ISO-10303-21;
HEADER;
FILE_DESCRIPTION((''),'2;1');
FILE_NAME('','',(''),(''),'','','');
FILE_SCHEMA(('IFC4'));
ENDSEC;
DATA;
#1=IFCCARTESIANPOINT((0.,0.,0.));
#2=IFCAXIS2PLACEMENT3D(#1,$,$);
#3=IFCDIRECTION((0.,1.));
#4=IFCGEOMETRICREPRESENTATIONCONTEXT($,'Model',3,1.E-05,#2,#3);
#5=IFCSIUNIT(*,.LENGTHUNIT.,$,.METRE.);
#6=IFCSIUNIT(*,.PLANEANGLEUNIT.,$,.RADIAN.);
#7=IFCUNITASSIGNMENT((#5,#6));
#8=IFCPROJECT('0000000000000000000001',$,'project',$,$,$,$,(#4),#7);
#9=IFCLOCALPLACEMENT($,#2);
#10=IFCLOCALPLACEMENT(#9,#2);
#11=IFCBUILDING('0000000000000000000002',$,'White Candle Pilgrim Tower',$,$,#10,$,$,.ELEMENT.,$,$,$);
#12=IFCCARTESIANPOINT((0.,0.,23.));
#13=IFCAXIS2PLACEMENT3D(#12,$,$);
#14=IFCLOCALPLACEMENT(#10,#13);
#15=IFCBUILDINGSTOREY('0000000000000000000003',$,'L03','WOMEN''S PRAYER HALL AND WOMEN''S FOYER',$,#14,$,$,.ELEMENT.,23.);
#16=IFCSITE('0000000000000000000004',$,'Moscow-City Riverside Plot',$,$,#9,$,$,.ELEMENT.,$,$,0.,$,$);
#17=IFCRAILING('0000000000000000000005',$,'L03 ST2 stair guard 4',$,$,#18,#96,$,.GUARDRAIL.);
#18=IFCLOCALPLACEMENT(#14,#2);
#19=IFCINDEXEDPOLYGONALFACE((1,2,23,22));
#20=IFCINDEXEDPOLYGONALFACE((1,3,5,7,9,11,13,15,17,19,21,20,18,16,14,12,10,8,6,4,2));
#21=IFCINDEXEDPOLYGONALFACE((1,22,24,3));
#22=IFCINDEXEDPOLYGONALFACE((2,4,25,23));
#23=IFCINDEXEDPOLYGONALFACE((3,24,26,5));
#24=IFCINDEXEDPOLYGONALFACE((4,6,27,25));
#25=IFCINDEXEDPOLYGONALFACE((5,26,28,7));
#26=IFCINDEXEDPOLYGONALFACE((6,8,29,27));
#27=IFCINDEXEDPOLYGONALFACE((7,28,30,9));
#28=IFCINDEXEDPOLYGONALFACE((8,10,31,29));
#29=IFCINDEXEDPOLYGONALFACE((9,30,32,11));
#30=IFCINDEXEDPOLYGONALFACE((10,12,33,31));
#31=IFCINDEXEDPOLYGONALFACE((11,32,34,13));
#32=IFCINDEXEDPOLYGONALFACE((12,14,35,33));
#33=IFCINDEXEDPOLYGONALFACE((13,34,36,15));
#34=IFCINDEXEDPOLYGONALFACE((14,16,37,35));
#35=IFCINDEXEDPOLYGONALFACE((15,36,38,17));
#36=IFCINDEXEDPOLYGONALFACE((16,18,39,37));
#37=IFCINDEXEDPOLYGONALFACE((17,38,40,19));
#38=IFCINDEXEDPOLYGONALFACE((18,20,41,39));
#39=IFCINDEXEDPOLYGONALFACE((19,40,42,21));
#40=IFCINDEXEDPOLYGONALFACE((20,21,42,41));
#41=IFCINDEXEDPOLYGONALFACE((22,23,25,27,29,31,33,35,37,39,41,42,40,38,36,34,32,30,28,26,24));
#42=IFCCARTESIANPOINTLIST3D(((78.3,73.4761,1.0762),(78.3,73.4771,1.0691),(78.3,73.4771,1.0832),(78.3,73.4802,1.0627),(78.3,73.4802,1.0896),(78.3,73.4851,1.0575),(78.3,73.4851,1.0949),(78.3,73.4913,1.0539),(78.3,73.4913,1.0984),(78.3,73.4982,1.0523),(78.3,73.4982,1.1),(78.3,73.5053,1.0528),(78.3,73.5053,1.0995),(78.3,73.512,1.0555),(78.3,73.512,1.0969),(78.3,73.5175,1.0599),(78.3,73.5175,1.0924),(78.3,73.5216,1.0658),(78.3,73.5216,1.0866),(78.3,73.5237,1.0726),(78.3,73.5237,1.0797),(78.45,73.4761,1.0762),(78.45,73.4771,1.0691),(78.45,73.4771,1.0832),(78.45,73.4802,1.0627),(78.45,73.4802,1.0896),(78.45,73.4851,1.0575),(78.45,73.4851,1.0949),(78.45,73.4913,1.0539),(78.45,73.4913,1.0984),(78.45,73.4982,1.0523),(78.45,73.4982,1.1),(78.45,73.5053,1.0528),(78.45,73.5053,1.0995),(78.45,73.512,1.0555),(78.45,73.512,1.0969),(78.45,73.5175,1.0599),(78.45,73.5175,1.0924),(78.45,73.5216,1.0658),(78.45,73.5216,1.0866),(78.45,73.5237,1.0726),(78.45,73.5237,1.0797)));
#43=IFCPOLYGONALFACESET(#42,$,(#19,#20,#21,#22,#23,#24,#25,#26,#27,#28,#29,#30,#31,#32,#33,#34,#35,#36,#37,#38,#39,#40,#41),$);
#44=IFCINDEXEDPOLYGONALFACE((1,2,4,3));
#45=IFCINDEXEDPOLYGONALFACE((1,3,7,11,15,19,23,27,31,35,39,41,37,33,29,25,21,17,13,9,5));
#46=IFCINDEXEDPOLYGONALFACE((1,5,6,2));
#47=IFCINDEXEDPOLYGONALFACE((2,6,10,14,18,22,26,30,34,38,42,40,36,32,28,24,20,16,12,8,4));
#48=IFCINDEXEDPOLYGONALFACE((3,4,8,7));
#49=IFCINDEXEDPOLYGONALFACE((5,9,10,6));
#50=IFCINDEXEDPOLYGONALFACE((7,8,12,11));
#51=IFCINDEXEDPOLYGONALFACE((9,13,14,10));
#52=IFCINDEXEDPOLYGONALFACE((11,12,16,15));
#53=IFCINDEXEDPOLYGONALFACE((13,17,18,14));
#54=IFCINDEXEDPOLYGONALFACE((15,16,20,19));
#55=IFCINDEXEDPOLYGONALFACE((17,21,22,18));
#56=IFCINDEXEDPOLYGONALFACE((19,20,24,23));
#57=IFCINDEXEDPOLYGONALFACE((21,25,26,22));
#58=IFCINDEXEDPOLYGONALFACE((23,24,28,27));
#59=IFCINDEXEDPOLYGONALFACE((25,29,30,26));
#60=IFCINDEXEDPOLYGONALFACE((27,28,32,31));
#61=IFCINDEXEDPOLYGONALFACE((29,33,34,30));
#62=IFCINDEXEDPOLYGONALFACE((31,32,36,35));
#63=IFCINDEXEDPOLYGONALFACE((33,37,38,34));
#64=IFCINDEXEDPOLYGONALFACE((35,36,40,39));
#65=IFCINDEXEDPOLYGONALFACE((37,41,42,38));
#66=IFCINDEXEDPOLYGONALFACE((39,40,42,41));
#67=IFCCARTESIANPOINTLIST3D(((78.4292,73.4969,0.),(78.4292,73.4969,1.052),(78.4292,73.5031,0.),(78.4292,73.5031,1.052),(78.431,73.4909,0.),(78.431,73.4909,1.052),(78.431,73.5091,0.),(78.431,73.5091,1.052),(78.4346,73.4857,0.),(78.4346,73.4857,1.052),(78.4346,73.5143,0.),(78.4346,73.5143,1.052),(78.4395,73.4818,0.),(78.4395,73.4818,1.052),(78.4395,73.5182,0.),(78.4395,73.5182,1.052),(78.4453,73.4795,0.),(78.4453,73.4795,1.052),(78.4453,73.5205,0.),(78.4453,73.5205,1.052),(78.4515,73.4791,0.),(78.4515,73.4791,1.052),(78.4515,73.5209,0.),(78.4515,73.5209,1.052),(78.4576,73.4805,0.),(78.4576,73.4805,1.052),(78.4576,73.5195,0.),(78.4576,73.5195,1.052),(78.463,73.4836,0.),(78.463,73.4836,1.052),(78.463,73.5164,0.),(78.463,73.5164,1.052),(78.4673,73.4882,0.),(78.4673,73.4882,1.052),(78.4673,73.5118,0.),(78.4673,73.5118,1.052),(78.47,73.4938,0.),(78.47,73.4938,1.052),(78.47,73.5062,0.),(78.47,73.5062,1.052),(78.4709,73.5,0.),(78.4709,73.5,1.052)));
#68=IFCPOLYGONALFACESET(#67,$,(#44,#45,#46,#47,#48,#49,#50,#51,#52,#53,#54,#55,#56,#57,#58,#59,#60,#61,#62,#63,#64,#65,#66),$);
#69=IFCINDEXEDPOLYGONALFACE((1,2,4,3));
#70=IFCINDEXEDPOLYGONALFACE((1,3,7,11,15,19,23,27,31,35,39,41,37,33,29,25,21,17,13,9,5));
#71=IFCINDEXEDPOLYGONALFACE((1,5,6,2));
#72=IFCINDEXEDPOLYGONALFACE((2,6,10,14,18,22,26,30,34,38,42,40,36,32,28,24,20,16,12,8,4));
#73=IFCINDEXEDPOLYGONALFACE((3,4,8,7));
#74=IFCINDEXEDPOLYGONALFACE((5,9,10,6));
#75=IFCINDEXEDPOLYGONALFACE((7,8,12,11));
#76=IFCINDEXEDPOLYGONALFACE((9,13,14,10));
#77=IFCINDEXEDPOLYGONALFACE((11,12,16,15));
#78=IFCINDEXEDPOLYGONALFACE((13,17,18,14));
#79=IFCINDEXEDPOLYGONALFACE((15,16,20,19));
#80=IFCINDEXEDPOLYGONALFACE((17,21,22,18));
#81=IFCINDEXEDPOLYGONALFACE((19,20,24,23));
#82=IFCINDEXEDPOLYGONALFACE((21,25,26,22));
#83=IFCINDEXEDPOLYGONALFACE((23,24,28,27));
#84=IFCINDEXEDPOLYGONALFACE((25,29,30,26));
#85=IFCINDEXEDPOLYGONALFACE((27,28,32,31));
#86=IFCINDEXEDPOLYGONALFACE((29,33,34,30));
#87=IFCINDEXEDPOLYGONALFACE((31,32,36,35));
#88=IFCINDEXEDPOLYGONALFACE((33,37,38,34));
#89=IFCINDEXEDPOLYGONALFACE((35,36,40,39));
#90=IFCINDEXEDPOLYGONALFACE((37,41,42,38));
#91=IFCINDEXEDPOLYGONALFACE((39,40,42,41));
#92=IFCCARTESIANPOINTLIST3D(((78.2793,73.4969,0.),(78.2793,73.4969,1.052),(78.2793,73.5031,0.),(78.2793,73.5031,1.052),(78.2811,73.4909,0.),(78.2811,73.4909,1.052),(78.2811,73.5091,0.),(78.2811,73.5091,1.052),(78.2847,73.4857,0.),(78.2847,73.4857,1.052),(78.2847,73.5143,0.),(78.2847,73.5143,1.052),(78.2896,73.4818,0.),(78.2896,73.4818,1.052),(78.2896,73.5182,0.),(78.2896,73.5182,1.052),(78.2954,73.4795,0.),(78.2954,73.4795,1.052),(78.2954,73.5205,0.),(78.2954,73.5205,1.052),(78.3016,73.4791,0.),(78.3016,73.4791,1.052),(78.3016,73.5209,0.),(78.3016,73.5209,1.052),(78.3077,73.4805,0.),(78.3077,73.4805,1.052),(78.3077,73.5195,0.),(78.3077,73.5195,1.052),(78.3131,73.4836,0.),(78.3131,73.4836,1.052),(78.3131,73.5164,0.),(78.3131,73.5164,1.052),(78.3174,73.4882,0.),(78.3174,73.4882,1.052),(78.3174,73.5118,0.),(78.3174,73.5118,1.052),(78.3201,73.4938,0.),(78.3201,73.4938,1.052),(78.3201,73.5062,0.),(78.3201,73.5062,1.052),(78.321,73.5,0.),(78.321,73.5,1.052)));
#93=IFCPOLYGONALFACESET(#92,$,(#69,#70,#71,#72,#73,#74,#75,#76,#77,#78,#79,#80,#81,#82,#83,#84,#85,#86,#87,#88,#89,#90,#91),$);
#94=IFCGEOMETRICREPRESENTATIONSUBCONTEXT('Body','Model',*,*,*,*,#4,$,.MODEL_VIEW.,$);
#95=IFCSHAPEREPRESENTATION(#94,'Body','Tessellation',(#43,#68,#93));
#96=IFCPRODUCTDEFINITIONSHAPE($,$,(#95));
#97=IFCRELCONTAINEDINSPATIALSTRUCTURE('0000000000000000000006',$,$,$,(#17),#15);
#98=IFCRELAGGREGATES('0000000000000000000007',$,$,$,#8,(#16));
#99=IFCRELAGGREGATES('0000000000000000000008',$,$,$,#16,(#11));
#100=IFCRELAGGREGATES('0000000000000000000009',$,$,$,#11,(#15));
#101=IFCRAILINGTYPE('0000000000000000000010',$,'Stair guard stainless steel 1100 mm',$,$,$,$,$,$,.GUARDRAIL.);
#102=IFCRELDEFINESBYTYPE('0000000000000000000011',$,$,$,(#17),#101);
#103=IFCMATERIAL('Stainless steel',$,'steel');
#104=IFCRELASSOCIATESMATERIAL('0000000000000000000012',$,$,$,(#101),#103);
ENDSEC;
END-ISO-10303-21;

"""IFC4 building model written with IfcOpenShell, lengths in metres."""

from ifc_helpers import new_model, si_unit, direction, frame, origin, origin_2d, place, context, subcontext, project, spatial, circle, extrude, material, type_object, element, save


model = new_model("IFC4")

# Units and contexts
model_context = context("Model", 3, precision=1e-05, world=origin(), true_north=direction((0.0, 1.0)))
body_context = subcontext(model_context, "Body", "Model", "MODEL_VIEW")
ifc_project = project(units=[si_unit("LENGTHUNIT", "METRE"), si_unit("PLANEANGLEUNIT", "RADIAN")], contexts=[model_context])

# Site, building, storey
site_placement = place(None, origin())
site = spatial("IfcSite", under=ifc_project, at=site_placement, Name="Moscow-City Riverside Plot", CompositionType="ELEMENT", RefElevation=0.0)
building_placement = place(site_placement, origin())
building = spatial("IfcBuilding", under=site, at=building_placement, Name="White Candle Pilgrim Tower", CompositionType="ELEMENT")
storey_placement = place(building_placement, frame((0.0, 0.0, 23.0)))
storey = spatial("IfcBuildingStorey", under=building, at=storey_placement, Name="L03", Description="WOMEN'S PRAYER HALL AND WOMEN'S FOYER", CompositionType="ELEMENT", Elevation=23.0)

# Railing
ifc_material_1 = material(Name="Stainless steel", Category="steel")
railing_type_1 = type_object("IfcRailingType", Name="Stair guard stainless steel 1100 mm", PredefinedType="GUARDRAIL", material=ifc_material_1)
railing_1_placement = place(storey_placement, frame((78.45, 73.5, 0.0)))
element("IfcRailing", 1, at=railing_1_placement, inside=storey, type_object=railing_type_1, Name="L03 ST2 stair guard 4", PredefinedType="GUARDRAIL", context=body_context, shape_type="SweptSolid", body=[
    extrude(circle(Radius=0.0239, at=origin_2d()), frame((0.0, 0.0, 1.0762), z_axis=(-1.0, 0.0, 0.0), x_axis=(0.0, -1.0, 0.0)), (0.0, 0.0, 1.0), 0.1499),
    extrude(circle(Radius=0.021, at=origin_2d()), origin(), (0.0, 0.0, 1.0), 1.052),
    extrude(circle(Radius=0.021, at=origin_2d()), frame((-0.1499, 0.0, 0.0)), (0.0, 0.0, 1.0), 1.052),
])

save(model, "model.ifc")
